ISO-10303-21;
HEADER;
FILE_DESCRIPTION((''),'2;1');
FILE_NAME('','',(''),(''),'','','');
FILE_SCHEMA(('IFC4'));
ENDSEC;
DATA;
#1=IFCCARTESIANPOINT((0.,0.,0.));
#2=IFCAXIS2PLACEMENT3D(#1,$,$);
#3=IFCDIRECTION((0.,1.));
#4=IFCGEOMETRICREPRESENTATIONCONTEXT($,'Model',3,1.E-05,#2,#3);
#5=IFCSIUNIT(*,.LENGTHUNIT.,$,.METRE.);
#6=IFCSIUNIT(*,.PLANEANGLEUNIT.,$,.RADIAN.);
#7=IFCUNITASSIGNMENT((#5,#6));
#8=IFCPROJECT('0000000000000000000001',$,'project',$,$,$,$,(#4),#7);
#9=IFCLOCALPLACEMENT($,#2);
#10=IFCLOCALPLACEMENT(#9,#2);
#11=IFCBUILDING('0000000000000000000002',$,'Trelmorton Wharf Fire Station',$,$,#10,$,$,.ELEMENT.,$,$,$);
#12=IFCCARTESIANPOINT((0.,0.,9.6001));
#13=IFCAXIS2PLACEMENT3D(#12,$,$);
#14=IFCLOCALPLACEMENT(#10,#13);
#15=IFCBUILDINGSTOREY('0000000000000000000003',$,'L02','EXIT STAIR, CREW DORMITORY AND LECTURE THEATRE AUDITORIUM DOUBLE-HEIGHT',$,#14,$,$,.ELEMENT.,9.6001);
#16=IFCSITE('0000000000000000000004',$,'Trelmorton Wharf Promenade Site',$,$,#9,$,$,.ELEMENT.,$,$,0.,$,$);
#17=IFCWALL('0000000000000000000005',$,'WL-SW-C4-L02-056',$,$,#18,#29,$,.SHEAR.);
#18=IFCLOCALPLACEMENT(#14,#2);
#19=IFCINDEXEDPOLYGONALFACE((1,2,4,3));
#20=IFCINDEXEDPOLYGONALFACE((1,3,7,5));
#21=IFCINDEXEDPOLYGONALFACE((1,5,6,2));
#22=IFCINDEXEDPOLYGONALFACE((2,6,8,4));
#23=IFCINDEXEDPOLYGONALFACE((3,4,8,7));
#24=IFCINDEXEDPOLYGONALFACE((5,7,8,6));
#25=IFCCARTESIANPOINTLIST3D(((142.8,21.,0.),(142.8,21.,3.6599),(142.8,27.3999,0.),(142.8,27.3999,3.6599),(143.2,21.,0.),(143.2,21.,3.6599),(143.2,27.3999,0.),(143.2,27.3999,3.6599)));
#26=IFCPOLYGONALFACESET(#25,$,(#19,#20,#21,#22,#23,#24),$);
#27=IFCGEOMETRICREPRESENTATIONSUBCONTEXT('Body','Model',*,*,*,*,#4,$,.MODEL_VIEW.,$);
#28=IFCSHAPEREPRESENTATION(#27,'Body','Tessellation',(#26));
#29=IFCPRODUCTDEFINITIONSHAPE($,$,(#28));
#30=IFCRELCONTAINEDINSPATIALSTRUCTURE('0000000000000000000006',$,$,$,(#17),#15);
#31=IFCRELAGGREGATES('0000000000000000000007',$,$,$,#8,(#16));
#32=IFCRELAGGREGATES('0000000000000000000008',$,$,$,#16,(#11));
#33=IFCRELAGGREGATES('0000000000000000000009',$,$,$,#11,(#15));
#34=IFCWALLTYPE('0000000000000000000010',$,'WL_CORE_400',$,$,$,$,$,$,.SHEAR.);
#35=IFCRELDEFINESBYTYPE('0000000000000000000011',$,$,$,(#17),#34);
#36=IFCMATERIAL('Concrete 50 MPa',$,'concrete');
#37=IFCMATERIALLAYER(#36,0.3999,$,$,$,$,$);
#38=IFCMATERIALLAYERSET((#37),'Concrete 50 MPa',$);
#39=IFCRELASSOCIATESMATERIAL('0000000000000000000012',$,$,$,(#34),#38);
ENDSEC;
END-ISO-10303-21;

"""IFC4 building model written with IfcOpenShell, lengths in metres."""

from ifc_helpers import new_model, si_unit, direction, frame, frame_2d, origin, place, context, subcontext, project, spatial, rectangle, extrude, material, layer, layer_set, type_object, element, save


model = new_model("IFC4")

# Units and contexts
model_context = context("Model", 3, precision=1e-05, world=origin(), true_north=direction((0.0, 1.0)))
body_context = subcontext(model_context, "Body", "Model", "MODEL_VIEW")
ifc_project = project(units=[si_unit("LENGTHUNIT", "METRE"), si_unit("PLANEANGLEUNIT", "RADIAN")], contexts=[model_context])

# Site, building, storey
site_placement = place(None, origin())
site = spatial("IfcSite", under=ifc_project, at=site_placement, Name="Trelmorton Wharf Promenade Site", CompositionType="ELEMENT", RefElevation=0.0)
building_placement = place(site_placement, origin())
building = spatial("IfcBuilding", under=site, at=building_placement, Name="Trelmorton Wharf Fire Station", CompositionType="ELEMENT")
storey_placement = place(building_placement, frame((0.0, 0.0, 9.6001)))
storey = spatial("IfcBuildingStorey", under=building, at=storey_placement, Name="L02", Description="EXIT STAIR, CREW DORMITORY AND LECTURE THEATRE AUDITORIUM DOUBLE-HEIGHT", CompositionType="ELEMENT", Elevation=9.6001)

# Wall
ifc_material_1 = material(Name="Concrete 50 MPa", Category="concrete")
ifc_layer_1 = layer(ifc_material_1, 0.3999)
ifc_layer_set_1 = layer_set([ifc_layer_1], Name="Concrete 50 MPa")
wall_type_1 = type_object("IfcWallType", Name="WL_CORE_400", PredefinedType="SHEAR", material=ifc_layer_set_1)
wall_1_placement = place(storey_placement, frame((143.0, 21.0, 0.0), z_axis=(0.0, 0.0, 1.0), x_axis=(0.0, 1.0, 0.0)))
element("IfcWall", 1, at=wall_1_placement, inside=storey, type_object=wall_type_1, Name="WL-SW-C4-L02-056", PredefinedType="SHEAR", context=body_context, shape_type="SweptSolid", body=[
    extrude(rectangle(XDim=6.3999, YDim=0.3999, at=frame_2d((3.2, 0.0))), origin(), (0.0, 0.0, 1.0), 3.6599),
])

save(model, "model.ifc")
